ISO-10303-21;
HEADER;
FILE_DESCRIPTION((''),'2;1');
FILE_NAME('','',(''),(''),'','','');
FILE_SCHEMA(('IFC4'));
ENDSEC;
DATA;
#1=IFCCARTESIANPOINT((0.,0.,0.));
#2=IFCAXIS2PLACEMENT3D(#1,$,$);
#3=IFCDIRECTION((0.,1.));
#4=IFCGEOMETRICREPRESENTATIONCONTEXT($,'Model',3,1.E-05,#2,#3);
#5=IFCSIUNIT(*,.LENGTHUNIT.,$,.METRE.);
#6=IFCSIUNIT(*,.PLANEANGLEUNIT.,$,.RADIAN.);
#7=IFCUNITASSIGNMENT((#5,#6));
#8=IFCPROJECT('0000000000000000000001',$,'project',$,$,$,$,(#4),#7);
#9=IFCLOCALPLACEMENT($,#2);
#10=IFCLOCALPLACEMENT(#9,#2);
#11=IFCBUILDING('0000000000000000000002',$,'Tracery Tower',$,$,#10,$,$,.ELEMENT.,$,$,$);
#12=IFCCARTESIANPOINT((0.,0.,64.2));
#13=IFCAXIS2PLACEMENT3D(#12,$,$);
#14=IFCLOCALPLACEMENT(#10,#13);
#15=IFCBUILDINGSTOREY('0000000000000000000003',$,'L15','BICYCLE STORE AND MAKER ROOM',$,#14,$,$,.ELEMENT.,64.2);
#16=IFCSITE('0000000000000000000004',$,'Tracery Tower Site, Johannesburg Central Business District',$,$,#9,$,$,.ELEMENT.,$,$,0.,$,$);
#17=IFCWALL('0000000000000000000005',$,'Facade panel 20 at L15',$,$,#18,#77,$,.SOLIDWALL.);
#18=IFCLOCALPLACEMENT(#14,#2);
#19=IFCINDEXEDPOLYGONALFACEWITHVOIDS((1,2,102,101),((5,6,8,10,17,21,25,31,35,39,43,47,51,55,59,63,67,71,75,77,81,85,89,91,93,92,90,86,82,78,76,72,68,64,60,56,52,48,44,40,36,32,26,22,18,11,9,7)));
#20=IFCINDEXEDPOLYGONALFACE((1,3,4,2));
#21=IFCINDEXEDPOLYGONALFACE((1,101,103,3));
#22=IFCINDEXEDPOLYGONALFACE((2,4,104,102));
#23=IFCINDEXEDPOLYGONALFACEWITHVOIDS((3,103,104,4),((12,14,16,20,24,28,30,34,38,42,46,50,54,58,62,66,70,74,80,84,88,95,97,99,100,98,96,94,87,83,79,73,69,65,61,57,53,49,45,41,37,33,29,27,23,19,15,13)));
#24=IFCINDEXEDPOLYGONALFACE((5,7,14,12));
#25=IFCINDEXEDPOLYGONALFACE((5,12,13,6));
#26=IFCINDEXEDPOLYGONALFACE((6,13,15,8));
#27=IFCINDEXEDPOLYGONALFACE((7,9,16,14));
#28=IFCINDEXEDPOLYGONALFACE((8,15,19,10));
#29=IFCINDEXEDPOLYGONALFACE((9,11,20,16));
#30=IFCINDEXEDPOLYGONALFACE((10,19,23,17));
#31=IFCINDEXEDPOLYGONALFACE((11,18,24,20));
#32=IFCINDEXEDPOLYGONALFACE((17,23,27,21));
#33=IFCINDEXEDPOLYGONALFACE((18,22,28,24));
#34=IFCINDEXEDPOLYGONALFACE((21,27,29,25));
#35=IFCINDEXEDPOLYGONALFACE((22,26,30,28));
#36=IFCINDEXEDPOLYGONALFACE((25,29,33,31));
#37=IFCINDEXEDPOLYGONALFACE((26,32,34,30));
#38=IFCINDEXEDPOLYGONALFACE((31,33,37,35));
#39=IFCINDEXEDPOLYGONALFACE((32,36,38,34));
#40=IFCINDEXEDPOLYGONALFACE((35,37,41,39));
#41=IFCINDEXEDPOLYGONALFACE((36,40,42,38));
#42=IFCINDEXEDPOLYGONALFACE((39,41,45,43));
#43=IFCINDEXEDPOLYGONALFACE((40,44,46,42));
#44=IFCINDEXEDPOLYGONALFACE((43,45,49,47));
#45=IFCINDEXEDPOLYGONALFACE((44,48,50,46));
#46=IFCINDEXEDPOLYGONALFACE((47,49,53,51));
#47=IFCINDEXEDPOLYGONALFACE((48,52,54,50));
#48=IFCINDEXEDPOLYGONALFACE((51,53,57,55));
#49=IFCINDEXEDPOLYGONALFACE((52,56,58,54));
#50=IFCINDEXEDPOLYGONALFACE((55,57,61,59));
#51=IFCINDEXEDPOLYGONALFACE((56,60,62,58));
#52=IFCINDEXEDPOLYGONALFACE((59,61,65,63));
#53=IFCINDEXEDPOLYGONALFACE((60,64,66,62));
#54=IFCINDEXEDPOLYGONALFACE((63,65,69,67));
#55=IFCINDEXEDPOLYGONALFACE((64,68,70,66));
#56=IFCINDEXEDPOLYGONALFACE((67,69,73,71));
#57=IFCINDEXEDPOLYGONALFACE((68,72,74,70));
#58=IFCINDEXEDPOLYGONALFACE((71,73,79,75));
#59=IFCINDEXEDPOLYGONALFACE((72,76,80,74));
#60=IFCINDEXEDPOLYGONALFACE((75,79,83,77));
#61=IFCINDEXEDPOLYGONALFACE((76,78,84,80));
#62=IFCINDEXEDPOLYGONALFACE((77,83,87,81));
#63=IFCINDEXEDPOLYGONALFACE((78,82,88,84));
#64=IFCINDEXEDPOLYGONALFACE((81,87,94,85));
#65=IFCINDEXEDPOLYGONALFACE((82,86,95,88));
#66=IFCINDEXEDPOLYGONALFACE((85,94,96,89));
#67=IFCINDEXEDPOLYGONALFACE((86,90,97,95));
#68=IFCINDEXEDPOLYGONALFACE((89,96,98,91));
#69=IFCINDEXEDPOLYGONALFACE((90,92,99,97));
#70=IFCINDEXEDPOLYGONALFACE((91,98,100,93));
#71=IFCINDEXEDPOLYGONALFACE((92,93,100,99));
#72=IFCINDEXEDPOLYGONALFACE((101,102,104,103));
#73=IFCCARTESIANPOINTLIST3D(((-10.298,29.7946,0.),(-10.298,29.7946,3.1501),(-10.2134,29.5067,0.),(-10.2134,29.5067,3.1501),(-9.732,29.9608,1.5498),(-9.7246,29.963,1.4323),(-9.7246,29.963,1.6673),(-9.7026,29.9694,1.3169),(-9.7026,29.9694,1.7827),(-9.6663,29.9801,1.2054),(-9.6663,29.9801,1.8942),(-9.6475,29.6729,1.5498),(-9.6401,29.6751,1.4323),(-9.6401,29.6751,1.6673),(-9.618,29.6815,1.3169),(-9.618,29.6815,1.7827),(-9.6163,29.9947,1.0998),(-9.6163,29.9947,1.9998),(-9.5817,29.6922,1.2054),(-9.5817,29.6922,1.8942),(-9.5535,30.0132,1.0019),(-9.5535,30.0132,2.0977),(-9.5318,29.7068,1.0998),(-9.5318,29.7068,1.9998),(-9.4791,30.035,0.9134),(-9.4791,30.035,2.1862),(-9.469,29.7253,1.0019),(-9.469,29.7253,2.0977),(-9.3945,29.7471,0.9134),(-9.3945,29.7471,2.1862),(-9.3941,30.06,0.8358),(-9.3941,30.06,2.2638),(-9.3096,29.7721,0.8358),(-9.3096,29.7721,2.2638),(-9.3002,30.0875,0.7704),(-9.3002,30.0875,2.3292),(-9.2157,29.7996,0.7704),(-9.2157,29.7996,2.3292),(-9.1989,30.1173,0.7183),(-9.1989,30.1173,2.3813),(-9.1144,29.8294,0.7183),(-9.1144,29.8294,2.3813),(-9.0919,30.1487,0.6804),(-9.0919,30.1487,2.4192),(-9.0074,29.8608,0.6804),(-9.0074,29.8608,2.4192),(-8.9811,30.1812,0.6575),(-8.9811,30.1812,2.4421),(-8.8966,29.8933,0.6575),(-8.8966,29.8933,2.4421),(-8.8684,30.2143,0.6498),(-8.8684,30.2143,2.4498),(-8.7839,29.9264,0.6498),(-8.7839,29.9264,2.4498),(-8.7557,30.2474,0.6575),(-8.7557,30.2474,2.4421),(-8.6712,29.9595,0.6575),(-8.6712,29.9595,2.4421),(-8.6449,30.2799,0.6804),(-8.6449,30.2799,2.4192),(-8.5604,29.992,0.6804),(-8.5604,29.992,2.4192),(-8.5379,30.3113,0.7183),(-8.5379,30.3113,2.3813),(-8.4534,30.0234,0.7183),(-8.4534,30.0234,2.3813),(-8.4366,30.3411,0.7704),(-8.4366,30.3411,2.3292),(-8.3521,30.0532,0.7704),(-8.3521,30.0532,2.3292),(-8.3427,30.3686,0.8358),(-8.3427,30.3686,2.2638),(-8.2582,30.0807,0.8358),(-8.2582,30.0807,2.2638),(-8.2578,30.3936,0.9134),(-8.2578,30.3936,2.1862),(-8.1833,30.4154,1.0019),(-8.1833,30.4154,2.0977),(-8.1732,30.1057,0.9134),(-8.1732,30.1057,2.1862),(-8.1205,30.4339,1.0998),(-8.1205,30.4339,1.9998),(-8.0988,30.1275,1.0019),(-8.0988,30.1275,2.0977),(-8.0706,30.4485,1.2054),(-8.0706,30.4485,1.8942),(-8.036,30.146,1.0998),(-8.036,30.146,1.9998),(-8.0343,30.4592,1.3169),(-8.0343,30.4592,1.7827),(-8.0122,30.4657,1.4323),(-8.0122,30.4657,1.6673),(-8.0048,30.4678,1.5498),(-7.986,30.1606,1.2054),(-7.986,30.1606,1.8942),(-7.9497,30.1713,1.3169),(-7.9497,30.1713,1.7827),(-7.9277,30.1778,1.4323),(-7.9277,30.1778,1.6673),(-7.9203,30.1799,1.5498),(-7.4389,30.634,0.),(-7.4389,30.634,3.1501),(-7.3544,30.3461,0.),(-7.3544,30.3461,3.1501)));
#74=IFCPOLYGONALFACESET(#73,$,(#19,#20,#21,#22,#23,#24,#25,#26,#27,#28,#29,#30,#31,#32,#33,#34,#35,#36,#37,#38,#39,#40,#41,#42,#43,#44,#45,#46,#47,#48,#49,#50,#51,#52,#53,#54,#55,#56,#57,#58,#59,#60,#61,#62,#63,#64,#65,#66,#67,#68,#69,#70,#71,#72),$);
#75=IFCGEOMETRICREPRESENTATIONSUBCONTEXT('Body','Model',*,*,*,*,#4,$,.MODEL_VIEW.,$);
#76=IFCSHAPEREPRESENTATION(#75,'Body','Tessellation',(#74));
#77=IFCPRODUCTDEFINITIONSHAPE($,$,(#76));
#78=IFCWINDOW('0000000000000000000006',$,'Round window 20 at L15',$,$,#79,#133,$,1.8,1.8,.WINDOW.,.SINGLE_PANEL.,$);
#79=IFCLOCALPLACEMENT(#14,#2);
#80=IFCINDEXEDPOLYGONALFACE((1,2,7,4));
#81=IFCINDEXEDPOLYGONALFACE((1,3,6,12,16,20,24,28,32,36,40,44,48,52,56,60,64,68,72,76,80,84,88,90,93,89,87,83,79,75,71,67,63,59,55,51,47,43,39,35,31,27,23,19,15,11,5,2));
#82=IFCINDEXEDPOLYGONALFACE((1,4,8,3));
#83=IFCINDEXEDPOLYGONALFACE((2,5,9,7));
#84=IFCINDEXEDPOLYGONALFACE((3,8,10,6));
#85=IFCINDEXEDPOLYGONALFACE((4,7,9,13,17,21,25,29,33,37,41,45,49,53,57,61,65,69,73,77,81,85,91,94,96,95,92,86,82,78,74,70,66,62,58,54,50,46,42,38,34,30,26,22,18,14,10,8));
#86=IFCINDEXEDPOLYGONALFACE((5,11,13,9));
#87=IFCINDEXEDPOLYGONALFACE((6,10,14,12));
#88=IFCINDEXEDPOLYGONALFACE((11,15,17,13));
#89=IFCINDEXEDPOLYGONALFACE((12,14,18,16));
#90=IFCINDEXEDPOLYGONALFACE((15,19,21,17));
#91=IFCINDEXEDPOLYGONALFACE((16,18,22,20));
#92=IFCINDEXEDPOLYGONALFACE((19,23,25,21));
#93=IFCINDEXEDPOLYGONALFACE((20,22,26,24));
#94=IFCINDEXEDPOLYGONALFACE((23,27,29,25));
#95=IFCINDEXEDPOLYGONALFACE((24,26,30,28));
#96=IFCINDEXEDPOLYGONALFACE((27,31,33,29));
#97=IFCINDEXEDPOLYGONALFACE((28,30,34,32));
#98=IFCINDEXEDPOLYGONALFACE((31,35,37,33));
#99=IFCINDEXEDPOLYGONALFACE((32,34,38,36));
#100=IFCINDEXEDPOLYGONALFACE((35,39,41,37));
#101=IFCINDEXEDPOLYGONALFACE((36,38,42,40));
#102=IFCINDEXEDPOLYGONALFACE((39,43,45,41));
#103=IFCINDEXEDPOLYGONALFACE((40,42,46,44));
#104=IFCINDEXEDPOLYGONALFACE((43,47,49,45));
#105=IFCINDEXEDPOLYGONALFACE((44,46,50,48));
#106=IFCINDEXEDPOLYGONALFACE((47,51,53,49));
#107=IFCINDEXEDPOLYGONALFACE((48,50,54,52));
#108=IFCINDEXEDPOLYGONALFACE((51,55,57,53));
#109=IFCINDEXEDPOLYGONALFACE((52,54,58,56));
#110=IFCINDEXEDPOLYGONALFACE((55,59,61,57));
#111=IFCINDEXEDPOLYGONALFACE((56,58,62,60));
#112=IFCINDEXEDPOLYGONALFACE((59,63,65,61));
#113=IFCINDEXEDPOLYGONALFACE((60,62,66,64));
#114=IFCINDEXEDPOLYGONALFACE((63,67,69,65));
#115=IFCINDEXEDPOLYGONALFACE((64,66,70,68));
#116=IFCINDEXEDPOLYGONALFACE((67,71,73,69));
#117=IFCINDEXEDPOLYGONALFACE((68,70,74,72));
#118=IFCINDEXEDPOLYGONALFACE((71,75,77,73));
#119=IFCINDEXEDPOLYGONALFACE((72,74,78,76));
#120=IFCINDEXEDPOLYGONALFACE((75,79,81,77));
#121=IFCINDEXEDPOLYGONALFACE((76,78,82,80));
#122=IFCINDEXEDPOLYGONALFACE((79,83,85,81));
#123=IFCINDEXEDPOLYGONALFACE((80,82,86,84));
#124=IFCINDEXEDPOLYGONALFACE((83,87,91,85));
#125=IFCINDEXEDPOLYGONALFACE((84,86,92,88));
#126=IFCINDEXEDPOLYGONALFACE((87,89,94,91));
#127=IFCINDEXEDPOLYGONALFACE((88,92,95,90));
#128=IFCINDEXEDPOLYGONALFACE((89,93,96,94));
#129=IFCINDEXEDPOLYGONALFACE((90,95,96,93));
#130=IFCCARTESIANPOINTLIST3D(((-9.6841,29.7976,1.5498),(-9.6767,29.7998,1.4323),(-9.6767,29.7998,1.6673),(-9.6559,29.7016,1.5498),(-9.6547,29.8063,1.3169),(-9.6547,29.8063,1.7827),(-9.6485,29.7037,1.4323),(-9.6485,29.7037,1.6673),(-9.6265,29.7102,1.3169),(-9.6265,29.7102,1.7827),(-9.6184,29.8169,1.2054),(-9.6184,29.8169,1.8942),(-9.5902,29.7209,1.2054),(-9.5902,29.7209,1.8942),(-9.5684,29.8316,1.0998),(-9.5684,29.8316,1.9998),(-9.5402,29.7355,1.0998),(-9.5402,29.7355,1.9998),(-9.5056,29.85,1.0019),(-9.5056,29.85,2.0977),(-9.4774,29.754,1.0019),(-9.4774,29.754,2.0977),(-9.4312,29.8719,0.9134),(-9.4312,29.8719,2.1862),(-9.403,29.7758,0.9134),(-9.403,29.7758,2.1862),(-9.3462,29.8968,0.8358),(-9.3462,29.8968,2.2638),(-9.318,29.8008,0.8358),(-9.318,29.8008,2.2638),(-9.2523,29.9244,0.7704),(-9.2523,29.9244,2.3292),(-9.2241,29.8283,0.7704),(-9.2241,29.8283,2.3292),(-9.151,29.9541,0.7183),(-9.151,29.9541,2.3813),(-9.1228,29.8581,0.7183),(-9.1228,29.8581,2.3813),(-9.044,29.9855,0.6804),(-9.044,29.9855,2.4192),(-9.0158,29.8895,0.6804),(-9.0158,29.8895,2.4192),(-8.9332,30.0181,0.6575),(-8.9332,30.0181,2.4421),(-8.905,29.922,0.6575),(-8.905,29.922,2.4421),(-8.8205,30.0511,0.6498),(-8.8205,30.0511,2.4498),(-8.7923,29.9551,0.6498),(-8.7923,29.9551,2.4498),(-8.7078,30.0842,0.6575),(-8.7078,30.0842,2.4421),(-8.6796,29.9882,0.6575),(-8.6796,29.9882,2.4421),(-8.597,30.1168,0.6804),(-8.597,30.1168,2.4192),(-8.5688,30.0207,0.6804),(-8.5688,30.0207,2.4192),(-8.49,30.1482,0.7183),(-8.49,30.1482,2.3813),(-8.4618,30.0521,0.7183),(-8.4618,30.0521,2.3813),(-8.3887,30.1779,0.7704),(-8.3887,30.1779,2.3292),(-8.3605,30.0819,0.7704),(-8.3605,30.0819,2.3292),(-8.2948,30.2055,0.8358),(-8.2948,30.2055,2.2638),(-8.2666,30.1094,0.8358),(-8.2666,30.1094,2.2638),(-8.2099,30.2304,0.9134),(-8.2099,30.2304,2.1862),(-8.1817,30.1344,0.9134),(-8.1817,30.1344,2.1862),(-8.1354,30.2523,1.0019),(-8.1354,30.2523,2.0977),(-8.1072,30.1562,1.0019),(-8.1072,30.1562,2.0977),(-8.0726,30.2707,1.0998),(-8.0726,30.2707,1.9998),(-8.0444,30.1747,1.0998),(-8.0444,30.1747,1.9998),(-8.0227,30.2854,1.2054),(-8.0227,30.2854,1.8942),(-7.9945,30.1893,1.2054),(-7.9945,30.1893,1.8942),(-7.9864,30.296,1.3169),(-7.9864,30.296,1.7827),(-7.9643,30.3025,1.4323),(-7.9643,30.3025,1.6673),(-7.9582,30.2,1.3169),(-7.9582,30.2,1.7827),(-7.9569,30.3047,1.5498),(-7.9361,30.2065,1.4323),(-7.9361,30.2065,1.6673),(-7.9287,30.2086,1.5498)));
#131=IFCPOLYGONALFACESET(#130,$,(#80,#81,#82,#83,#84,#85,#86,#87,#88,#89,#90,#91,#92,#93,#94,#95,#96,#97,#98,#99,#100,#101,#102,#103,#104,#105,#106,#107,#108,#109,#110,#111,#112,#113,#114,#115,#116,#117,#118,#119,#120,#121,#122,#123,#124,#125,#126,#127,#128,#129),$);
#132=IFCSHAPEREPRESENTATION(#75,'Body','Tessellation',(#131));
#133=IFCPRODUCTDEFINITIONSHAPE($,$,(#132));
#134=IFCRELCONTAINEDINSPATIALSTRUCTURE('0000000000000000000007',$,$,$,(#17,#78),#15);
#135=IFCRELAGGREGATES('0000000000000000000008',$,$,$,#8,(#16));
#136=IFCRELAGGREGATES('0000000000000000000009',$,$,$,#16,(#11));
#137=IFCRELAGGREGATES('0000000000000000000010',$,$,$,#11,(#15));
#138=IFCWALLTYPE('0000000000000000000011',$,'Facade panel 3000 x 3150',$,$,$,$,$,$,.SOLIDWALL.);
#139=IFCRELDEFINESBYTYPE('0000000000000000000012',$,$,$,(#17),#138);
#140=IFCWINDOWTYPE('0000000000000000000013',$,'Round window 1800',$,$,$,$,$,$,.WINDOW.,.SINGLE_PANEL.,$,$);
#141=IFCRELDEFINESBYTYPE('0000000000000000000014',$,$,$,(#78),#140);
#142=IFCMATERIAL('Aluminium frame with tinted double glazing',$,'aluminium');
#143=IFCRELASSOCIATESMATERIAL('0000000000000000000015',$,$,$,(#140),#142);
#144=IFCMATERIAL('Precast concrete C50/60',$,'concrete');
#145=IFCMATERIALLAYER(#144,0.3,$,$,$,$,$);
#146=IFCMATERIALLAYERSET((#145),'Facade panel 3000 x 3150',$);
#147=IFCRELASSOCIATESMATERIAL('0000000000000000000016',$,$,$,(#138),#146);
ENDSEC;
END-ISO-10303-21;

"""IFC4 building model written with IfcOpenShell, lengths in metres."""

from ifc_helpers import new_model, si_unit, direction, frame, frame_2d, origin, origin_2d, place, context, subcontext, project, spatial, rectangle, circle, extrude, material, layer, layer_set, type_object, element, fill, save


model = new_model("IFC4")

# Units and contexts
model_context = context("Model", 3, precision=1e-05, world=origin(), true_north=direction((0.0, 1.0)))
body_context = subcontext(model_context, "Body", "Model", "MODEL_VIEW")
ifc_project = project(units=[si_unit("LENGTHUNIT", "METRE"), si_unit("PLANEANGLEUNIT", "RADIAN")], contexts=[model_context])

# Site, building, storey
site_placement = place(None, origin())
site = spatial("IfcSite", under=ifc_project, at=site_placement, Name="Tracery Tower Site, Johannesburg Central Business District", CompositionType="ELEMENT", RefElevation=0.0)
building_placement = place(site_placement, origin())
building = spatial("IfcBuilding", under=site, at=building_placement, Name="Tracery Tower", CompositionType="ELEMENT")
storey_placement = place(building_placement, frame((0.0, 0.0, 64.2)))
storey = spatial("IfcBuildingStorey", under=building, at=storey_placement, Name="L15", Description="BICYCLE STORE AND MAKER ROOM", CompositionType="ELEMENT", Elevation=64.2)

# Wall, opening, window
ifc_material_1 = material(Name="Aluminium frame with tinted double glazing", Category="aluminium")
window_type = type_object("IfcWindowType", Name="Round window 1800", PartitioningType="SINGLE_PANEL", PredefinedType="WINDOW", material=ifc_material_1)
ifc_material_2 = material(Name="Precast concrete C50/60", Category="concrete")
ifc_layer_1 = layer(ifc_material_2, 0.3)
ifc_layer_set_1 = layer_set([ifc_layer_1], Name="Facade panel 3000 x 3150")
wall_type_1 = type_object("IfcWallType", Name="Facade panel 3000 x 3150", PredefinedType="SOLIDWALL", material=ifc_layer_set_1)
wall_1_placement = place(storey_placement, frame((-7.3967, 30.49, 0.0), z_axis=(0.0, 0.0, 1.0), x_axis=(-0.959508, -0.281683, 0.0)))
wall_1 = element("IfcWall", 1, at=wall_1_placement, inside=storey, type_object=wall_type_1, Name="Facade panel 20 at L15", PredefinedType="SOLIDWALL", context=body_context, shape_type="SweptSolid", body=[
    extrude(rectangle(XDim=2.9797, YDim=0.3, at=frame_2d((1.4897, 0.0))), origin(), (0.0, 0.0, 1.0), 3.1501),
])
opening_1_placement = place(wall_1_placement, frame((1.4897, 0.0, 1.5498)))
opening_1 = element("IfcOpeningElement", 2, at=opening_1_placement, cuts=wall_1, PredefinedType="OPENING", context=body_context, shape_type="SweptSolid", body=[
    extrude(circle(Radius=0.9, at=origin_2d()), frame((0.0, 0.1599, 0.0), z_axis=(0.0, -1.0, 0.0), x_axis=(1.0, 0.0, 0.0)), (0.0, 0.0, 1.0), 0.3201),
])
window_1_placement = place(opening_1_placement, origin())
window_1 = element("IfcWindow", 3, at=window_1_placement, inside=storey, type_object=window_type, Name="Round window 20 at L15", OverallHeight=1.8, OverallWidth=1.8, PartitioningType="SINGLE_PANEL", PredefinedType="WINDOW", context=body_context, shape_type="SweptSolid", body=[
    extrude(circle(Radius=0.9, at=origin_2d()), frame((0.0, 0.1201, 0.0), z_axis=(0.0, -1.0, 0.0), x_axis=(1.0, 0.0, 0.0)), (0.0, 0.0, 1.0), 0.1001),
])
fill(opening_1, window_1)

save(model, "model.ifc")
